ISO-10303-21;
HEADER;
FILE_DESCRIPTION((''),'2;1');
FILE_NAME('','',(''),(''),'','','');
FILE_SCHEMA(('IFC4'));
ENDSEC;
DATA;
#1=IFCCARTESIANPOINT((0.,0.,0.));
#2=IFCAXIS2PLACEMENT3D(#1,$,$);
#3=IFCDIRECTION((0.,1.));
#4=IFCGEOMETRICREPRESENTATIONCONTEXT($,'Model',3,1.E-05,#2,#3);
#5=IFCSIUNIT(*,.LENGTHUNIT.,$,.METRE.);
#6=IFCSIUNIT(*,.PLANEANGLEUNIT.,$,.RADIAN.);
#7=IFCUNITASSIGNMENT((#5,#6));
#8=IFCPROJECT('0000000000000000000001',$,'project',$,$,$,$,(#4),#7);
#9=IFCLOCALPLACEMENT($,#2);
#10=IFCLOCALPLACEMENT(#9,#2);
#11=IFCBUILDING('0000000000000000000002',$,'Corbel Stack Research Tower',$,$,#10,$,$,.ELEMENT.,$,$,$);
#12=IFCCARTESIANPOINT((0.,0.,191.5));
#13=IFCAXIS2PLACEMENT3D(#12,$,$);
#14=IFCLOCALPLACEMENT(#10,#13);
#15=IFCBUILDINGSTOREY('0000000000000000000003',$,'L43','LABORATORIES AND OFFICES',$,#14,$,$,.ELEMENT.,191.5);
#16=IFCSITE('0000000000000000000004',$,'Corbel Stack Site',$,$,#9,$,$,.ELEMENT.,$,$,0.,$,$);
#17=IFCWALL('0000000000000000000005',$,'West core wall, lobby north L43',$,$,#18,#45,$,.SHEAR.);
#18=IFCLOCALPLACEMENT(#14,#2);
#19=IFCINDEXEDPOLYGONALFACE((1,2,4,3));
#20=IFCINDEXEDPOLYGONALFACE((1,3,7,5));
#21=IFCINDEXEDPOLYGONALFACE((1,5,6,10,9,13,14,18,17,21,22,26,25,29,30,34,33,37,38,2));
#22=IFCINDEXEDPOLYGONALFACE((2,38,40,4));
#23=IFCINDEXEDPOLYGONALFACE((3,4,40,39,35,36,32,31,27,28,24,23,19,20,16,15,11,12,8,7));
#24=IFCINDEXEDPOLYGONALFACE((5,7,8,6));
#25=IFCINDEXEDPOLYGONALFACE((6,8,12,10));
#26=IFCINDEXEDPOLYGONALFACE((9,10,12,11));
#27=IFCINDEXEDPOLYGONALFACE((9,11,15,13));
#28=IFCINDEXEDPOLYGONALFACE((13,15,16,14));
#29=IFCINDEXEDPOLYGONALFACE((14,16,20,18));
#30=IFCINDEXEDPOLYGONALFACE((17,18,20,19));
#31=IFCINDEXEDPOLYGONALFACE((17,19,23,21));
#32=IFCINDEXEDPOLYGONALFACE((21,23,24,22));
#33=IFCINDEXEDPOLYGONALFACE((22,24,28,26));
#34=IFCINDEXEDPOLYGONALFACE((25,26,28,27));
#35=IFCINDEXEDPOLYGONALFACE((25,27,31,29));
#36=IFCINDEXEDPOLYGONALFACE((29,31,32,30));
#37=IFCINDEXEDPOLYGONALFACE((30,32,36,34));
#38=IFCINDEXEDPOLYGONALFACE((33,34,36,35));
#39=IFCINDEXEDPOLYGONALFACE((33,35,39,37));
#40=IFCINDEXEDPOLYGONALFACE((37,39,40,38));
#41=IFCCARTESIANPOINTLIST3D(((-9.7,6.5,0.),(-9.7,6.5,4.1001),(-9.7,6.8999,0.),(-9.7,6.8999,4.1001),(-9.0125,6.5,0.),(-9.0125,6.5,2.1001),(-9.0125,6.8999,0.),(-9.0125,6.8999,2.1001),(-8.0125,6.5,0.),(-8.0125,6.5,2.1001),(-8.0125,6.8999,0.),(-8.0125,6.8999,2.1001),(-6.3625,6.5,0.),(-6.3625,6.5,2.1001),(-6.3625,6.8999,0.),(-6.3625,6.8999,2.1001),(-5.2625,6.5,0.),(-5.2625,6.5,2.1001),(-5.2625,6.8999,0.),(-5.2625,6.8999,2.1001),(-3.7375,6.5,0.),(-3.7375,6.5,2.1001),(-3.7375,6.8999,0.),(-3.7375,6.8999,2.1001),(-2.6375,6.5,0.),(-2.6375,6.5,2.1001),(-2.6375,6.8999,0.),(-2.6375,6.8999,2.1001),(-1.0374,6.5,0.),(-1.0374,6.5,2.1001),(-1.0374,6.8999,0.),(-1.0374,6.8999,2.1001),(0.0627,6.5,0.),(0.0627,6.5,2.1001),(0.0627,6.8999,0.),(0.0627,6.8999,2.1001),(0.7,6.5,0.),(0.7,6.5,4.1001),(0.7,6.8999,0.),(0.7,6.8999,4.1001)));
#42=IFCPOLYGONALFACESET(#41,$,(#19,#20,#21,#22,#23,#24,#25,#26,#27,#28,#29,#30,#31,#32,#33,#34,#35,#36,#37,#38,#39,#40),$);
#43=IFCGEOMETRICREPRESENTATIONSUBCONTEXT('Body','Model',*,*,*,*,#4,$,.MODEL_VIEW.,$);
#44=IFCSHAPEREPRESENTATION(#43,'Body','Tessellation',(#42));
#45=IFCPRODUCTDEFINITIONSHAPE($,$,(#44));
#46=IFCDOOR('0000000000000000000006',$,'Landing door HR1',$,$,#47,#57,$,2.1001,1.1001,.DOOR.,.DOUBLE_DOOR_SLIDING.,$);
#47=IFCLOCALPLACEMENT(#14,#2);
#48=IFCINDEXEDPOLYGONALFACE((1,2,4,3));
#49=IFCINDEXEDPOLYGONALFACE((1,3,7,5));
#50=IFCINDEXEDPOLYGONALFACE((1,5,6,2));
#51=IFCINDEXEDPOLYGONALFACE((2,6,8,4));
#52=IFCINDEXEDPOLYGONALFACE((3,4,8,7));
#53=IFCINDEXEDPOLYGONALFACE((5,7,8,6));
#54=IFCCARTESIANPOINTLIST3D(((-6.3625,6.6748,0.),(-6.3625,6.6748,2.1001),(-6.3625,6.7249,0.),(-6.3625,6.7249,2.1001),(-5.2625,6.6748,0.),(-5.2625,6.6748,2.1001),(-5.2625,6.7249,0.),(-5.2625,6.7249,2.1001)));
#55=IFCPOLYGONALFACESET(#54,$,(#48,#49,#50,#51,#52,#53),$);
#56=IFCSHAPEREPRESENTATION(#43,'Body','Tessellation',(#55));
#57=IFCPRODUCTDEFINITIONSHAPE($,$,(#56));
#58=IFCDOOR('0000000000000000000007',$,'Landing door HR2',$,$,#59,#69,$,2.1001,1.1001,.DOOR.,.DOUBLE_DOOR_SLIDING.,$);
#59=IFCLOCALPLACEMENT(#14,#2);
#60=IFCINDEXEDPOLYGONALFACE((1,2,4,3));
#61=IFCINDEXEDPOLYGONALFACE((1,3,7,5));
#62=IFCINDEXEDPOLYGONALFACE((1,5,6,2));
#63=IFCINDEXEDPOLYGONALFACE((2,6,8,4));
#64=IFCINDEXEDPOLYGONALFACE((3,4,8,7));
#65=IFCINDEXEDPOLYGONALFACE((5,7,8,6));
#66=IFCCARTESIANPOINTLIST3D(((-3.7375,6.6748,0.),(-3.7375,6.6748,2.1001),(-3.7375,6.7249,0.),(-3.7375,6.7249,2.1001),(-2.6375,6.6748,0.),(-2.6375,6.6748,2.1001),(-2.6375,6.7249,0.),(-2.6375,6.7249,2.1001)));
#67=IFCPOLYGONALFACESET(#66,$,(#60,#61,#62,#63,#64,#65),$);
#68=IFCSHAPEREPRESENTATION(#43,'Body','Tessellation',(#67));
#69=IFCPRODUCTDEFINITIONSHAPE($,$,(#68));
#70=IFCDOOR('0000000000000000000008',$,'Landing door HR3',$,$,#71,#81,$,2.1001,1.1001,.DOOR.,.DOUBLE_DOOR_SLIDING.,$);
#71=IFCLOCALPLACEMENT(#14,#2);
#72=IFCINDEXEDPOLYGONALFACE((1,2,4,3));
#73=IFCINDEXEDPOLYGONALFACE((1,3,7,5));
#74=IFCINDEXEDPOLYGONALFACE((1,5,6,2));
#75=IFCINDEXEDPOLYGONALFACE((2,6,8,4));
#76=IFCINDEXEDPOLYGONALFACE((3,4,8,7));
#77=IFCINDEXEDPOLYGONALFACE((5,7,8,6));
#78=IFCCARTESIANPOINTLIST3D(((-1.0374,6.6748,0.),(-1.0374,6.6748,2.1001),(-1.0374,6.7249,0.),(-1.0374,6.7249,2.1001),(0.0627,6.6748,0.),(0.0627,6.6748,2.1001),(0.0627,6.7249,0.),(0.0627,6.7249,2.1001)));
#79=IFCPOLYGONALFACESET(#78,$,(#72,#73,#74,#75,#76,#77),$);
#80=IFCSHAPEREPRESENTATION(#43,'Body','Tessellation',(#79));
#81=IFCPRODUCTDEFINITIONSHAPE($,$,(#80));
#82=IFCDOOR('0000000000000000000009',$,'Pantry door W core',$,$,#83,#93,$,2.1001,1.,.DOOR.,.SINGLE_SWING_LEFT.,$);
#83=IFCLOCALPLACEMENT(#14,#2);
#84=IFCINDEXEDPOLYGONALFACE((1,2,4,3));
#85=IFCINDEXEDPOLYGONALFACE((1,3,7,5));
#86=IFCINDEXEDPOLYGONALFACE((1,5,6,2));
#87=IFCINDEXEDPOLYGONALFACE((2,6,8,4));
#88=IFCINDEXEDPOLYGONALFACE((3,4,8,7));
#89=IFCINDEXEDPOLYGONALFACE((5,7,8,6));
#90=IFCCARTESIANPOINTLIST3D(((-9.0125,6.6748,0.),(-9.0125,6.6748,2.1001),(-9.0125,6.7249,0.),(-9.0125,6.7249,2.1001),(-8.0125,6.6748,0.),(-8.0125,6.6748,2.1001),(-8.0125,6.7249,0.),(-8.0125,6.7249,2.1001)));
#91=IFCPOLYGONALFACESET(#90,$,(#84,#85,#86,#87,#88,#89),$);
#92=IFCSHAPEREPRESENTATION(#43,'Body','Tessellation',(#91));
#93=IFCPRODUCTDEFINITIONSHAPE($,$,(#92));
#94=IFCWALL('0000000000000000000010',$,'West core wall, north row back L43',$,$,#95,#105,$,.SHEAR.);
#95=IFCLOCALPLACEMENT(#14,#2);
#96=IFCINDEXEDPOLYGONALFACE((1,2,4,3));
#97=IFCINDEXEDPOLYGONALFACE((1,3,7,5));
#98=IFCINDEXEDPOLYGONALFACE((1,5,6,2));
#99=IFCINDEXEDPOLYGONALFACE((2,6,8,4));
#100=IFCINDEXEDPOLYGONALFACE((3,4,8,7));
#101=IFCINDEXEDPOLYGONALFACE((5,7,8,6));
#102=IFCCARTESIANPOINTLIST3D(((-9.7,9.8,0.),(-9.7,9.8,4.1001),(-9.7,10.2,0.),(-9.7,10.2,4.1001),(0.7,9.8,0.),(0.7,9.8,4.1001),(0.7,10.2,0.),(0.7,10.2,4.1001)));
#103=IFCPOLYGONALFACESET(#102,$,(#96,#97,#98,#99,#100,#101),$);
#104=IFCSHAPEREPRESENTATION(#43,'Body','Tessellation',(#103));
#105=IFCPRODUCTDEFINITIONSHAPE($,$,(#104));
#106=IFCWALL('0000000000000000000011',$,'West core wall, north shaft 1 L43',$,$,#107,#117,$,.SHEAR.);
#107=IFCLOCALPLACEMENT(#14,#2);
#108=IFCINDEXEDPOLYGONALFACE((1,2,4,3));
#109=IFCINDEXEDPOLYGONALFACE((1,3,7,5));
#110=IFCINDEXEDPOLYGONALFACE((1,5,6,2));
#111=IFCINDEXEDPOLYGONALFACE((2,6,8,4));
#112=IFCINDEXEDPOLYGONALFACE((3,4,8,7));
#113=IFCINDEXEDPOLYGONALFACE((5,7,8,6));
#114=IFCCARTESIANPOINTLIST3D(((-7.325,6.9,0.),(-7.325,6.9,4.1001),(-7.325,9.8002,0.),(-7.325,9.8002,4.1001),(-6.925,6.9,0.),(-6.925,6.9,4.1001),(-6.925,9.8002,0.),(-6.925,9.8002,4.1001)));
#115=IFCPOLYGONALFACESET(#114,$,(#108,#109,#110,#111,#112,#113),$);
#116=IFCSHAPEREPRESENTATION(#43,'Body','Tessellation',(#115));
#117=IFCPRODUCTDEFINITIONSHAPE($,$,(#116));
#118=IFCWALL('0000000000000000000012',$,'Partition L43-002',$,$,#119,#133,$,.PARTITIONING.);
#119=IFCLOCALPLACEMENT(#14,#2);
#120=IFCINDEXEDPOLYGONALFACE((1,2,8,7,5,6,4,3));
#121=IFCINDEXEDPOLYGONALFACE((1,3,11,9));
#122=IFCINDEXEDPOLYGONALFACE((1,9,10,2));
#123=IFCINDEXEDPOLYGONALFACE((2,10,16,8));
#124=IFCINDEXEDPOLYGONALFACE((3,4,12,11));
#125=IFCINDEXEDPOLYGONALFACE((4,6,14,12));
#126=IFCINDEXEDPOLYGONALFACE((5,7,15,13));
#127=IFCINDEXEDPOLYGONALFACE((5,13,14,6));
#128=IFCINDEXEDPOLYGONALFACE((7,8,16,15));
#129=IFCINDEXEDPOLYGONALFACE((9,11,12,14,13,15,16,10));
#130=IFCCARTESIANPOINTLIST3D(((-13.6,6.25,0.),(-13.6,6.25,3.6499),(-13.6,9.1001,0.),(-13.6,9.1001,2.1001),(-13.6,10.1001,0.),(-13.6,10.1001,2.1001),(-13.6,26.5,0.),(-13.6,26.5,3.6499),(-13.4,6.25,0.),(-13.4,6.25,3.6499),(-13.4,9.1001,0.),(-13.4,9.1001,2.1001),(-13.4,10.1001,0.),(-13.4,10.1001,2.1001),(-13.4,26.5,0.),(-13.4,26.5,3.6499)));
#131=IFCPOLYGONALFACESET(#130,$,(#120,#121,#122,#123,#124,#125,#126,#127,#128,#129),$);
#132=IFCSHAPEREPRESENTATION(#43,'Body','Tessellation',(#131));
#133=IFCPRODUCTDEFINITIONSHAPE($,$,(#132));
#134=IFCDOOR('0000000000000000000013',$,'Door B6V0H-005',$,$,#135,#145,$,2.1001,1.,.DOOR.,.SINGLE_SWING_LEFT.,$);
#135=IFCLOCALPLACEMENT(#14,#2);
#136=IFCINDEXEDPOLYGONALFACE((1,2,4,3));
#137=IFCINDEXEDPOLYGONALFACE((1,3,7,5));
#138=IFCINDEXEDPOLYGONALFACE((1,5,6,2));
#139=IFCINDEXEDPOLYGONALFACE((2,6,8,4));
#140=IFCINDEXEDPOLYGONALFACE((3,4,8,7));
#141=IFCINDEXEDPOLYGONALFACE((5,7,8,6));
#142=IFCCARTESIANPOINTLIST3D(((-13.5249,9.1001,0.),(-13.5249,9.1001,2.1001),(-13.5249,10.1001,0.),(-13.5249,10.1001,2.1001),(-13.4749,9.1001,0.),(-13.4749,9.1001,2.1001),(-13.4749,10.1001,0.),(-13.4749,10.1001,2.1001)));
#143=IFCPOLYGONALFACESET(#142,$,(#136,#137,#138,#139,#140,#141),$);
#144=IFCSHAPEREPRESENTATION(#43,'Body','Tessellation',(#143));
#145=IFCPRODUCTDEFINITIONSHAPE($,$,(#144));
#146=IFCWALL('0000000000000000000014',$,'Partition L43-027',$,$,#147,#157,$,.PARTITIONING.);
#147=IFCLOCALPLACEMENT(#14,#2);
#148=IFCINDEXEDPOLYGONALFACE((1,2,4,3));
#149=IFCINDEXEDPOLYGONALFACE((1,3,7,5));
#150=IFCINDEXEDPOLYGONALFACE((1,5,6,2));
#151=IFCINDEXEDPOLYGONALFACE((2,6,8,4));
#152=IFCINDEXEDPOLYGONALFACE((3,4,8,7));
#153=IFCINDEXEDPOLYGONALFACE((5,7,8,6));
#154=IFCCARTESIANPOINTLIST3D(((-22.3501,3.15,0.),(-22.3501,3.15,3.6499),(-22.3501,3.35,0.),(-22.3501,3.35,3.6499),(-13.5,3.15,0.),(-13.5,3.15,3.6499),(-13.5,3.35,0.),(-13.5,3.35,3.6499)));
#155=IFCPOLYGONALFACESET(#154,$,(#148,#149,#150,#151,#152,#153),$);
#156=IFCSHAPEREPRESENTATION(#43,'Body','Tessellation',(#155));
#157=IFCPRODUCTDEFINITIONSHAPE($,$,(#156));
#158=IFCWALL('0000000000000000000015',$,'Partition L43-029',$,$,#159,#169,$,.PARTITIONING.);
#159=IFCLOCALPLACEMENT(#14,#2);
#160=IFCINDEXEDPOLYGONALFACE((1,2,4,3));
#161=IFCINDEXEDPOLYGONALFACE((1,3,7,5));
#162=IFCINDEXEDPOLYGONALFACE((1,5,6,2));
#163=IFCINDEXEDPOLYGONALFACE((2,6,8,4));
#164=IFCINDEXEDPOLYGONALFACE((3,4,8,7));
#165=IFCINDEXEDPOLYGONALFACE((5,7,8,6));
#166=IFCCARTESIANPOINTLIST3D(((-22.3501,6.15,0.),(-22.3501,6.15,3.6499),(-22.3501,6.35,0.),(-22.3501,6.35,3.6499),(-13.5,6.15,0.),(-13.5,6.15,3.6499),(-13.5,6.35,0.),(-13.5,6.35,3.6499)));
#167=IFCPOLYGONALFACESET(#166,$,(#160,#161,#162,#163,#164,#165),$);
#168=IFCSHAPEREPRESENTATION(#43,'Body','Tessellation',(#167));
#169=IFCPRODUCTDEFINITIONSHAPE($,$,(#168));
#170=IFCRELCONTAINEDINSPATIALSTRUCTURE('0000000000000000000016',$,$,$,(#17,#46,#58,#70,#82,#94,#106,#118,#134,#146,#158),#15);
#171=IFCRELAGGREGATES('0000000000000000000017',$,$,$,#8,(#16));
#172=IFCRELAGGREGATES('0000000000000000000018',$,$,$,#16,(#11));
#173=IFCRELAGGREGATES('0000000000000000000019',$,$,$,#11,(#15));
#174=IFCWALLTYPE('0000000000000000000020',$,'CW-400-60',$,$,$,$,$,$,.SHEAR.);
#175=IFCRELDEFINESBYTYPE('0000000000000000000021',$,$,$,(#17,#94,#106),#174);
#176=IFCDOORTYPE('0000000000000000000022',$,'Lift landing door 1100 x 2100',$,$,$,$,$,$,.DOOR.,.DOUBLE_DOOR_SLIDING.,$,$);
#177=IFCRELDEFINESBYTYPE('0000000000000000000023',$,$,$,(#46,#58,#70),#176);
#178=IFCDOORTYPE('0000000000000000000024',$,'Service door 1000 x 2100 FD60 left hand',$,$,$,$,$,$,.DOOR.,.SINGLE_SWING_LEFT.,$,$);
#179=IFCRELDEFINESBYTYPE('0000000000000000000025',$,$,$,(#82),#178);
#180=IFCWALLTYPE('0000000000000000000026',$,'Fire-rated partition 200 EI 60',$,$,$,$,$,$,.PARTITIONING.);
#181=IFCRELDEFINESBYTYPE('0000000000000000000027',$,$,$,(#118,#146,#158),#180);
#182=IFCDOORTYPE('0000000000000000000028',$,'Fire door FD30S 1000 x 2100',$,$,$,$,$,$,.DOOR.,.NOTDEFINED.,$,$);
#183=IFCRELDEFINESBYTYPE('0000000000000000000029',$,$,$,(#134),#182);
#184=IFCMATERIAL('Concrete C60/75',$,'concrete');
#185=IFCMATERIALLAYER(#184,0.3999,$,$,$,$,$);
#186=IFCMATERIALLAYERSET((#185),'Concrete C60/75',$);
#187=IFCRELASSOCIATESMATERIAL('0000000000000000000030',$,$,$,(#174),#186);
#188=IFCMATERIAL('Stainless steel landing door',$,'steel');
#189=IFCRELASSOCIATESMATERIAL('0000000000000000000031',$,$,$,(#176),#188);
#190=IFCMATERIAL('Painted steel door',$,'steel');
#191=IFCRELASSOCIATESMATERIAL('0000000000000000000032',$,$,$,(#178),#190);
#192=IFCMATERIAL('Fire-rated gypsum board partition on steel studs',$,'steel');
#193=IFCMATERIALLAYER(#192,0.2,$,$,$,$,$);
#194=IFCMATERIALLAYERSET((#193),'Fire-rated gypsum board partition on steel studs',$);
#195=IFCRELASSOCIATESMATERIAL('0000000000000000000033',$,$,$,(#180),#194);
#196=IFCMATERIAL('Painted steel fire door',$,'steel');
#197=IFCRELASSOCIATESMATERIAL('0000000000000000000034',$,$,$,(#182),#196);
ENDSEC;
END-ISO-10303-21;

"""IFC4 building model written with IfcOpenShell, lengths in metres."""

from ifc_helpers import new_model, si_unit, direction, frame, frame_2d, origin, place, context, subcontext, project, spatial, rectangle, extrude, material, layer, layer_set, type_object, element, fill, save


model = new_model("IFC4")

# Units and contexts
model_context = context("Model", 3, precision=1e-05, world=origin(), true_north=direction((0.0, 1.0)))
body_context = subcontext(model_context, "Body", "Model", "MODEL_VIEW")
ifc_project = project(units=[si_unit("LENGTHUNIT", "METRE"), si_unit("PLANEANGLEUNIT", "RADIAN")], contexts=[model_context])

# Site, building, storey
site_placement = place(None, origin())
site = spatial("IfcSite", under=ifc_project, at=site_placement, Name="Corbel Stack Site", CompositionType="ELEMENT", RefElevation=0.0)
building_placement = place(site_placement, origin())
building = spatial("IfcBuilding", under=site, at=building_placement, Name="Corbel Stack Research Tower", CompositionType="ELEMENT")
storey_placement = place(building_placement, frame((0.0, 0.0, 191.5)))
storey = spatial("IfcBuildingStorey", under=building, at=storey_placement, Name="L43", Description="LABORATORIES AND OFFICES", CompositionType="ELEMENT", Elevation=191.5)

# Wall, openings, doors
ifc_material_1 = material(Name="Concrete C60/75", Category="concrete")
ifc_layer_1 = layer(ifc_material_1, 0.3999)
ifc_layer_set_1 = layer_set([ifc_layer_1], Name="Concrete C60/75")
wall_type_1 = type_object("IfcWallType", Name="CW-400-60", PredefinedType="SHEAR", material=ifc_layer_set_1)
ifc_material_2 = material(Name="Stainless steel landing door", Category="steel")
door_type_1 = type_object("IfcDoorType", Name="Lift landing door 1100 x 2100", OperationType="DOUBLE_DOOR_SLIDING", PredefinedType="DOOR", material=ifc_material_2)
ifc_material_3 = material(Name="Painted steel door", Category="steel")
door_type_2 = type_object("IfcDoorType", Name="Service door 1000 x 2100 FD60 left hand", OperationType="SINGLE_SWING_LEFT", PredefinedType="DOOR", material=ifc_material_3)
wall_1_placement = place(storey_placement, frame((-9.7, 6.7, 0.0), z_axis=(0.0, 0.0, 1.0), x_axis=(1.0, 0.0, 0.0)))
wall_1 = element("IfcWall", 1, at=wall_1_placement, inside=storey, type_object=wall_type_1, Name="West core wall, lobby north L43", PredefinedType="SHEAR", context=body_context, shape_type="SweptSolid", body=[
    extrude(rectangle(XDim=10.3999, YDim=0.3999, at=frame_2d((5.2, 0.0))), origin(), (0.0, 0.0, 1.0), 4.1001),
])
opening_1_placement = place(wall_1_placement, frame((3.3374, 0.0, 0.0)))
opening_1 = element("IfcOpeningElement", 2, at=opening_1_placement, cuts=wall_1, PredefinedType="OPENING", context=body_context, shape_type="SweptSolid", body=[
    extrude(rectangle(XDim=1.1001, YDim=2.1001, at=frame_2d((0.55, 1.05))), frame((0.0, 0.21, 0.0), z_axis=(0.0, -1.0, 0.0), x_axis=(1.0, 0.0, 0.0)), (0.0, 0.0, 1.0), 0.4199),
])
opening_2_placement = place(wall_1_placement, frame((5.9624, 0.0, 0.0)))
opening_2 = element("IfcOpeningElement", 3, at=opening_2_placement, cuts=wall_1, PredefinedType="OPENING", context=body_context, shape_type="SweptSolid", body=[
    extrude(rectangle(XDim=1.1001, YDim=2.1001, at=frame_2d((0.55, 1.05))), frame((0.0, 0.21, 0.0), z_axis=(0.0, -1.0, 0.0), x_axis=(1.0, 0.0, 0.0)), (0.0, 0.0, 1.0), 0.4199),
])
opening_3_placement = place(wall_1_placement, frame((8.6626, 0.0, 0.0)))
opening_3 = element("IfcOpeningElement", 4, at=opening_3_placement, cuts=wall_1, PredefinedType="OPENING", context=body_context, shape_type="SweptSolid", body=[
    extrude(rectangle(XDim=1.1001, YDim=2.1001, at=frame_2d((0.55, 1.05))), frame((0.0, 0.21, 0.0), z_axis=(0.0, -1.0, 0.0), x_axis=(1.0, 0.0, 0.0)), (0.0, 0.0, 1.0), 0.4199),
])
opening_4_placement = place(wall_1_placement, frame((0.6875, 0.0, 0.0)))
opening_4 = element("IfcOpeningElement", 5, at=opening_4_placement, cuts=wall_1, PredefinedType="OPENING", context=body_context, shape_type="SweptSolid", body=[
    extrude(rectangle(XDim=1.0, YDim=2.1001, at=frame_2d((0.5, 1.05))), frame((0.0, 0.21, 0.0), z_axis=(0.0, -1.0, 0.0), x_axis=(1.0, 0.0, 0.0)), (0.0, 0.0, 1.0), 0.4199),
])
door_1_placement = place(opening_1_placement, origin())
door_1 = element("IfcDoor", 6, at=door_1_placement, inside=storey, type_object=door_type_1, Name="Landing door HR1", OperationType="DOUBLE_DOOR_SLIDING", OverallHeight=2.1001, OverallWidth=1.1001, PredefinedType="DOOR", context=body_context, shape_type="SweptSolid", body=[
    extrude(rectangle(XDim=1.1001, YDim=2.1001, at=frame_2d((0.55, 1.05))), frame((0.0, 0.0249, 0.0), z_axis=(0.0, -1.0, 0.0), x_axis=(1.0, 0.0, 0.0)), (0.0, 0.0, 1.0), 0.05),
])
fill(opening_1, door_1)
door_2_placement = place(opening_2_placement, origin())
door_2 = element("IfcDoor", 7, at=door_2_placement, inside=storey, type_object=door_type_1, Name="Landing door HR2", OperationType="DOUBLE_DOOR_SLIDING", OverallHeight=2.1001, OverallWidth=1.1001, PredefinedType="DOOR", context=body_context, shape_type="SweptSolid", body=[
    extrude(rectangle(XDim=1.1001, YDim=2.1001, at=frame_2d((0.55, 1.05))), frame((0.0, 0.0249, 0.0), z_axis=(0.0, -1.0, 0.0), x_axis=(1.0, 0.0, 0.0)), (0.0, 0.0, 1.0), 0.05),
])
fill(opening_2, door_2)
door_3_placement = place(opening_3_placement, origin())
door_3 = element("IfcDoor", 8, at=door_3_placement, inside=storey, type_object=door_type_1, Name="Landing door HR3", OperationType="DOUBLE_DOOR_SLIDING", OverallHeight=2.1001, OverallWidth=1.1001, PredefinedType="DOOR", context=body_context, shape_type="SweptSolid", body=[
    extrude(rectangle(XDim=1.1001, YDim=2.1001, at=frame_2d((0.55, 1.05))), frame((0.0, 0.0249, 0.0), z_axis=(0.0, -1.0, 0.0), x_axis=(1.0, 0.0, 0.0)), (0.0, 0.0, 1.0), 0.05),
])
fill(opening_3, door_3)
door_4_placement = place(opening_4_placement, origin())
door_4 = element("IfcDoor", 9, at=door_4_placement, inside=storey, type_object=door_type_2, Name="Pantry door W core", OperationType="SINGLE_SWING_LEFT", OverallHeight=2.1001, OverallWidth=1.0, PredefinedType="DOOR", context=body_context, shape_type="SweptSolid", body=[
    extrude(rectangle(XDim=1.0, YDim=2.1001, at=frame_2d((0.5, 1.05))), frame((0.0, 0.0249, 0.0), z_axis=(0.0, -1.0, 0.0), x_axis=(1.0, 0.0, 0.0)), (0.0, 0.0, 1.0), 0.05),
])
fill(opening_4, door_4)

# Walls
wall_2_placement = place(storey_placement, frame((-9.7, 10.0, 0.0), z_axis=(0.0, 0.0, 1.0), x_axis=(1.0, 0.0, 0.0)))
element("IfcWall", 10, at=wall_2_placement, inside=storey, type_object=wall_type_1, Name="West core wall, north row back L43", PredefinedType="SHEAR", context=body_context, shape_type="SweptSolid", body=[
    extrude(rectangle(XDim=10.3999, YDim=0.3999, at=frame_2d((5.2, 0.0))), origin(), (0.0, 0.0, 1.0), 4.1001),
])
wall_3_placement = place(storey_placement, frame((-7.125, 6.8999, 0.0), z_axis=(0.0, 0.0, 1.0), x_axis=(0.0, 1.0, 0.0)))
element("IfcWall", 11, at=wall_3_placement, inside=storey, type_object=wall_type_1, Name="West core wall, north shaft 1 L43", PredefinedType="SHEAR", context=body_context, shape_type="SweptSolid", body=[
    extrude(rectangle(XDim=2.9001, YDim=0.3999, at=frame_2d((1.4502, 0.0))), origin(), (0.0, 0.0, 1.0), 4.1001),
])

# Wall, opening, door
ifc_material_4 = material(Name="Fire-rated gypsum board partition on steel studs", Category="steel")
ifc_layer_2 = layer(ifc_material_4, 0.2)
ifc_layer_set_2 = layer_set([ifc_layer_2], Name="Fire-rated gypsum board partition on steel studs")
wall_type_2 = type_object("IfcWallType", Name="Fire-rated partition 200 EI 60", PredefinedType="PARTITIONING", material=ifc_layer_set_2)
wall_4_placement = place(storey_placement, frame((-13.5, 6.25, 0.0), z_axis=(0.0, 0.0, 1.0), x_axis=(0.0, 1.0, 0.0)))
wall_4 = element("IfcWall", 12, at=wall_4_placement, inside=storey, type_object=wall_type_2, Name="Partition L43-002", PredefinedType="PARTITIONING", context=body_context, shape_type="SweptSolid", body=[
    extrude(rectangle(XDim=20.25, YDim=0.2, at=frame_2d((10.125, 0.0))), origin(), (0.0, 0.0, 1.0), 3.6499),
])
opening_5_placement = place(wall_4_placement, frame((2.8501, 0.0, 0.0)))
opening_5 = element("IfcOpeningElement", 13, at=opening_5_placement, cuts=wall_4, PredefinedType="OPENING", context=body_context, shape_type="SweptSolid", body=[
    extrude(rectangle(XDim=1.0, YDim=2.1001, at=frame_2d((0.5, 1.05))), frame((0.0, 0.1099, 0.0), z_axis=(0.0, -1.0, 0.0), x_axis=(1.0, 0.0, 0.0)), (0.0, 0.0, 1.0), 0.22),
])
ifc_material_5 = material(Name="Painted steel fire door", Category="steel")
door_type_3 = type_object("IfcDoorType", Name="Fire door FD30S 1000 x 2100", OperationType="NOTDEFINED", PredefinedType="DOOR", material=ifc_material_5)
door_5_placement = place(opening_5_placement, origin())
door_5 = element("IfcDoor", 14, at=door_5_placement, inside=storey, type_object=door_type_3, Name="Door B6V0H-005", OperationType="SINGLE_SWING_LEFT", OverallHeight=2.1001, OverallWidth=1.0, PredefinedType="DOOR", context=body_context, shape_type="SweptSolid", body=[
    extrude(rectangle(XDim=1.0, YDim=2.1001, at=frame_2d((0.5, 1.05))), frame((0.0, 0.0249, 0.0), z_axis=(0.0, -1.0, 0.0), x_axis=(1.0, 0.0, 0.0)), (0.0, 0.0, 1.0), 0.05),
])
fill(opening_5, door_5)

# Walls
for number, where, z_axis, x_axis, name in (
    (15, (-22.3501, 3.25, 0.0), (0.0, 0.0, 1.0), (1.0, 0.0, 0.0), "Partition L43-027"),
    (16, (-22.3501, 6.25, 0.0), (0.0, 0.0, 1.0), (1.0, 0.0, 0.0), "Partition L43-029"),
):
    element("IfcWall", number, at=place(storey_placement, frame(where, z_axis=z_axis, x_axis=x_axis)), inside=storey, type_object=wall_type_2, Name=name, PredefinedType="PARTITIONING", context=body_context, shape_type="SweptSolid", body=[
        extrude(rectangle(XDim=8.8501, YDim=0.2, at=frame_2d((4.425, 0.0))), origin(), (0.0, 0.0, 1.0), 3.6499),
    ])

save(model, "model.ifc")
